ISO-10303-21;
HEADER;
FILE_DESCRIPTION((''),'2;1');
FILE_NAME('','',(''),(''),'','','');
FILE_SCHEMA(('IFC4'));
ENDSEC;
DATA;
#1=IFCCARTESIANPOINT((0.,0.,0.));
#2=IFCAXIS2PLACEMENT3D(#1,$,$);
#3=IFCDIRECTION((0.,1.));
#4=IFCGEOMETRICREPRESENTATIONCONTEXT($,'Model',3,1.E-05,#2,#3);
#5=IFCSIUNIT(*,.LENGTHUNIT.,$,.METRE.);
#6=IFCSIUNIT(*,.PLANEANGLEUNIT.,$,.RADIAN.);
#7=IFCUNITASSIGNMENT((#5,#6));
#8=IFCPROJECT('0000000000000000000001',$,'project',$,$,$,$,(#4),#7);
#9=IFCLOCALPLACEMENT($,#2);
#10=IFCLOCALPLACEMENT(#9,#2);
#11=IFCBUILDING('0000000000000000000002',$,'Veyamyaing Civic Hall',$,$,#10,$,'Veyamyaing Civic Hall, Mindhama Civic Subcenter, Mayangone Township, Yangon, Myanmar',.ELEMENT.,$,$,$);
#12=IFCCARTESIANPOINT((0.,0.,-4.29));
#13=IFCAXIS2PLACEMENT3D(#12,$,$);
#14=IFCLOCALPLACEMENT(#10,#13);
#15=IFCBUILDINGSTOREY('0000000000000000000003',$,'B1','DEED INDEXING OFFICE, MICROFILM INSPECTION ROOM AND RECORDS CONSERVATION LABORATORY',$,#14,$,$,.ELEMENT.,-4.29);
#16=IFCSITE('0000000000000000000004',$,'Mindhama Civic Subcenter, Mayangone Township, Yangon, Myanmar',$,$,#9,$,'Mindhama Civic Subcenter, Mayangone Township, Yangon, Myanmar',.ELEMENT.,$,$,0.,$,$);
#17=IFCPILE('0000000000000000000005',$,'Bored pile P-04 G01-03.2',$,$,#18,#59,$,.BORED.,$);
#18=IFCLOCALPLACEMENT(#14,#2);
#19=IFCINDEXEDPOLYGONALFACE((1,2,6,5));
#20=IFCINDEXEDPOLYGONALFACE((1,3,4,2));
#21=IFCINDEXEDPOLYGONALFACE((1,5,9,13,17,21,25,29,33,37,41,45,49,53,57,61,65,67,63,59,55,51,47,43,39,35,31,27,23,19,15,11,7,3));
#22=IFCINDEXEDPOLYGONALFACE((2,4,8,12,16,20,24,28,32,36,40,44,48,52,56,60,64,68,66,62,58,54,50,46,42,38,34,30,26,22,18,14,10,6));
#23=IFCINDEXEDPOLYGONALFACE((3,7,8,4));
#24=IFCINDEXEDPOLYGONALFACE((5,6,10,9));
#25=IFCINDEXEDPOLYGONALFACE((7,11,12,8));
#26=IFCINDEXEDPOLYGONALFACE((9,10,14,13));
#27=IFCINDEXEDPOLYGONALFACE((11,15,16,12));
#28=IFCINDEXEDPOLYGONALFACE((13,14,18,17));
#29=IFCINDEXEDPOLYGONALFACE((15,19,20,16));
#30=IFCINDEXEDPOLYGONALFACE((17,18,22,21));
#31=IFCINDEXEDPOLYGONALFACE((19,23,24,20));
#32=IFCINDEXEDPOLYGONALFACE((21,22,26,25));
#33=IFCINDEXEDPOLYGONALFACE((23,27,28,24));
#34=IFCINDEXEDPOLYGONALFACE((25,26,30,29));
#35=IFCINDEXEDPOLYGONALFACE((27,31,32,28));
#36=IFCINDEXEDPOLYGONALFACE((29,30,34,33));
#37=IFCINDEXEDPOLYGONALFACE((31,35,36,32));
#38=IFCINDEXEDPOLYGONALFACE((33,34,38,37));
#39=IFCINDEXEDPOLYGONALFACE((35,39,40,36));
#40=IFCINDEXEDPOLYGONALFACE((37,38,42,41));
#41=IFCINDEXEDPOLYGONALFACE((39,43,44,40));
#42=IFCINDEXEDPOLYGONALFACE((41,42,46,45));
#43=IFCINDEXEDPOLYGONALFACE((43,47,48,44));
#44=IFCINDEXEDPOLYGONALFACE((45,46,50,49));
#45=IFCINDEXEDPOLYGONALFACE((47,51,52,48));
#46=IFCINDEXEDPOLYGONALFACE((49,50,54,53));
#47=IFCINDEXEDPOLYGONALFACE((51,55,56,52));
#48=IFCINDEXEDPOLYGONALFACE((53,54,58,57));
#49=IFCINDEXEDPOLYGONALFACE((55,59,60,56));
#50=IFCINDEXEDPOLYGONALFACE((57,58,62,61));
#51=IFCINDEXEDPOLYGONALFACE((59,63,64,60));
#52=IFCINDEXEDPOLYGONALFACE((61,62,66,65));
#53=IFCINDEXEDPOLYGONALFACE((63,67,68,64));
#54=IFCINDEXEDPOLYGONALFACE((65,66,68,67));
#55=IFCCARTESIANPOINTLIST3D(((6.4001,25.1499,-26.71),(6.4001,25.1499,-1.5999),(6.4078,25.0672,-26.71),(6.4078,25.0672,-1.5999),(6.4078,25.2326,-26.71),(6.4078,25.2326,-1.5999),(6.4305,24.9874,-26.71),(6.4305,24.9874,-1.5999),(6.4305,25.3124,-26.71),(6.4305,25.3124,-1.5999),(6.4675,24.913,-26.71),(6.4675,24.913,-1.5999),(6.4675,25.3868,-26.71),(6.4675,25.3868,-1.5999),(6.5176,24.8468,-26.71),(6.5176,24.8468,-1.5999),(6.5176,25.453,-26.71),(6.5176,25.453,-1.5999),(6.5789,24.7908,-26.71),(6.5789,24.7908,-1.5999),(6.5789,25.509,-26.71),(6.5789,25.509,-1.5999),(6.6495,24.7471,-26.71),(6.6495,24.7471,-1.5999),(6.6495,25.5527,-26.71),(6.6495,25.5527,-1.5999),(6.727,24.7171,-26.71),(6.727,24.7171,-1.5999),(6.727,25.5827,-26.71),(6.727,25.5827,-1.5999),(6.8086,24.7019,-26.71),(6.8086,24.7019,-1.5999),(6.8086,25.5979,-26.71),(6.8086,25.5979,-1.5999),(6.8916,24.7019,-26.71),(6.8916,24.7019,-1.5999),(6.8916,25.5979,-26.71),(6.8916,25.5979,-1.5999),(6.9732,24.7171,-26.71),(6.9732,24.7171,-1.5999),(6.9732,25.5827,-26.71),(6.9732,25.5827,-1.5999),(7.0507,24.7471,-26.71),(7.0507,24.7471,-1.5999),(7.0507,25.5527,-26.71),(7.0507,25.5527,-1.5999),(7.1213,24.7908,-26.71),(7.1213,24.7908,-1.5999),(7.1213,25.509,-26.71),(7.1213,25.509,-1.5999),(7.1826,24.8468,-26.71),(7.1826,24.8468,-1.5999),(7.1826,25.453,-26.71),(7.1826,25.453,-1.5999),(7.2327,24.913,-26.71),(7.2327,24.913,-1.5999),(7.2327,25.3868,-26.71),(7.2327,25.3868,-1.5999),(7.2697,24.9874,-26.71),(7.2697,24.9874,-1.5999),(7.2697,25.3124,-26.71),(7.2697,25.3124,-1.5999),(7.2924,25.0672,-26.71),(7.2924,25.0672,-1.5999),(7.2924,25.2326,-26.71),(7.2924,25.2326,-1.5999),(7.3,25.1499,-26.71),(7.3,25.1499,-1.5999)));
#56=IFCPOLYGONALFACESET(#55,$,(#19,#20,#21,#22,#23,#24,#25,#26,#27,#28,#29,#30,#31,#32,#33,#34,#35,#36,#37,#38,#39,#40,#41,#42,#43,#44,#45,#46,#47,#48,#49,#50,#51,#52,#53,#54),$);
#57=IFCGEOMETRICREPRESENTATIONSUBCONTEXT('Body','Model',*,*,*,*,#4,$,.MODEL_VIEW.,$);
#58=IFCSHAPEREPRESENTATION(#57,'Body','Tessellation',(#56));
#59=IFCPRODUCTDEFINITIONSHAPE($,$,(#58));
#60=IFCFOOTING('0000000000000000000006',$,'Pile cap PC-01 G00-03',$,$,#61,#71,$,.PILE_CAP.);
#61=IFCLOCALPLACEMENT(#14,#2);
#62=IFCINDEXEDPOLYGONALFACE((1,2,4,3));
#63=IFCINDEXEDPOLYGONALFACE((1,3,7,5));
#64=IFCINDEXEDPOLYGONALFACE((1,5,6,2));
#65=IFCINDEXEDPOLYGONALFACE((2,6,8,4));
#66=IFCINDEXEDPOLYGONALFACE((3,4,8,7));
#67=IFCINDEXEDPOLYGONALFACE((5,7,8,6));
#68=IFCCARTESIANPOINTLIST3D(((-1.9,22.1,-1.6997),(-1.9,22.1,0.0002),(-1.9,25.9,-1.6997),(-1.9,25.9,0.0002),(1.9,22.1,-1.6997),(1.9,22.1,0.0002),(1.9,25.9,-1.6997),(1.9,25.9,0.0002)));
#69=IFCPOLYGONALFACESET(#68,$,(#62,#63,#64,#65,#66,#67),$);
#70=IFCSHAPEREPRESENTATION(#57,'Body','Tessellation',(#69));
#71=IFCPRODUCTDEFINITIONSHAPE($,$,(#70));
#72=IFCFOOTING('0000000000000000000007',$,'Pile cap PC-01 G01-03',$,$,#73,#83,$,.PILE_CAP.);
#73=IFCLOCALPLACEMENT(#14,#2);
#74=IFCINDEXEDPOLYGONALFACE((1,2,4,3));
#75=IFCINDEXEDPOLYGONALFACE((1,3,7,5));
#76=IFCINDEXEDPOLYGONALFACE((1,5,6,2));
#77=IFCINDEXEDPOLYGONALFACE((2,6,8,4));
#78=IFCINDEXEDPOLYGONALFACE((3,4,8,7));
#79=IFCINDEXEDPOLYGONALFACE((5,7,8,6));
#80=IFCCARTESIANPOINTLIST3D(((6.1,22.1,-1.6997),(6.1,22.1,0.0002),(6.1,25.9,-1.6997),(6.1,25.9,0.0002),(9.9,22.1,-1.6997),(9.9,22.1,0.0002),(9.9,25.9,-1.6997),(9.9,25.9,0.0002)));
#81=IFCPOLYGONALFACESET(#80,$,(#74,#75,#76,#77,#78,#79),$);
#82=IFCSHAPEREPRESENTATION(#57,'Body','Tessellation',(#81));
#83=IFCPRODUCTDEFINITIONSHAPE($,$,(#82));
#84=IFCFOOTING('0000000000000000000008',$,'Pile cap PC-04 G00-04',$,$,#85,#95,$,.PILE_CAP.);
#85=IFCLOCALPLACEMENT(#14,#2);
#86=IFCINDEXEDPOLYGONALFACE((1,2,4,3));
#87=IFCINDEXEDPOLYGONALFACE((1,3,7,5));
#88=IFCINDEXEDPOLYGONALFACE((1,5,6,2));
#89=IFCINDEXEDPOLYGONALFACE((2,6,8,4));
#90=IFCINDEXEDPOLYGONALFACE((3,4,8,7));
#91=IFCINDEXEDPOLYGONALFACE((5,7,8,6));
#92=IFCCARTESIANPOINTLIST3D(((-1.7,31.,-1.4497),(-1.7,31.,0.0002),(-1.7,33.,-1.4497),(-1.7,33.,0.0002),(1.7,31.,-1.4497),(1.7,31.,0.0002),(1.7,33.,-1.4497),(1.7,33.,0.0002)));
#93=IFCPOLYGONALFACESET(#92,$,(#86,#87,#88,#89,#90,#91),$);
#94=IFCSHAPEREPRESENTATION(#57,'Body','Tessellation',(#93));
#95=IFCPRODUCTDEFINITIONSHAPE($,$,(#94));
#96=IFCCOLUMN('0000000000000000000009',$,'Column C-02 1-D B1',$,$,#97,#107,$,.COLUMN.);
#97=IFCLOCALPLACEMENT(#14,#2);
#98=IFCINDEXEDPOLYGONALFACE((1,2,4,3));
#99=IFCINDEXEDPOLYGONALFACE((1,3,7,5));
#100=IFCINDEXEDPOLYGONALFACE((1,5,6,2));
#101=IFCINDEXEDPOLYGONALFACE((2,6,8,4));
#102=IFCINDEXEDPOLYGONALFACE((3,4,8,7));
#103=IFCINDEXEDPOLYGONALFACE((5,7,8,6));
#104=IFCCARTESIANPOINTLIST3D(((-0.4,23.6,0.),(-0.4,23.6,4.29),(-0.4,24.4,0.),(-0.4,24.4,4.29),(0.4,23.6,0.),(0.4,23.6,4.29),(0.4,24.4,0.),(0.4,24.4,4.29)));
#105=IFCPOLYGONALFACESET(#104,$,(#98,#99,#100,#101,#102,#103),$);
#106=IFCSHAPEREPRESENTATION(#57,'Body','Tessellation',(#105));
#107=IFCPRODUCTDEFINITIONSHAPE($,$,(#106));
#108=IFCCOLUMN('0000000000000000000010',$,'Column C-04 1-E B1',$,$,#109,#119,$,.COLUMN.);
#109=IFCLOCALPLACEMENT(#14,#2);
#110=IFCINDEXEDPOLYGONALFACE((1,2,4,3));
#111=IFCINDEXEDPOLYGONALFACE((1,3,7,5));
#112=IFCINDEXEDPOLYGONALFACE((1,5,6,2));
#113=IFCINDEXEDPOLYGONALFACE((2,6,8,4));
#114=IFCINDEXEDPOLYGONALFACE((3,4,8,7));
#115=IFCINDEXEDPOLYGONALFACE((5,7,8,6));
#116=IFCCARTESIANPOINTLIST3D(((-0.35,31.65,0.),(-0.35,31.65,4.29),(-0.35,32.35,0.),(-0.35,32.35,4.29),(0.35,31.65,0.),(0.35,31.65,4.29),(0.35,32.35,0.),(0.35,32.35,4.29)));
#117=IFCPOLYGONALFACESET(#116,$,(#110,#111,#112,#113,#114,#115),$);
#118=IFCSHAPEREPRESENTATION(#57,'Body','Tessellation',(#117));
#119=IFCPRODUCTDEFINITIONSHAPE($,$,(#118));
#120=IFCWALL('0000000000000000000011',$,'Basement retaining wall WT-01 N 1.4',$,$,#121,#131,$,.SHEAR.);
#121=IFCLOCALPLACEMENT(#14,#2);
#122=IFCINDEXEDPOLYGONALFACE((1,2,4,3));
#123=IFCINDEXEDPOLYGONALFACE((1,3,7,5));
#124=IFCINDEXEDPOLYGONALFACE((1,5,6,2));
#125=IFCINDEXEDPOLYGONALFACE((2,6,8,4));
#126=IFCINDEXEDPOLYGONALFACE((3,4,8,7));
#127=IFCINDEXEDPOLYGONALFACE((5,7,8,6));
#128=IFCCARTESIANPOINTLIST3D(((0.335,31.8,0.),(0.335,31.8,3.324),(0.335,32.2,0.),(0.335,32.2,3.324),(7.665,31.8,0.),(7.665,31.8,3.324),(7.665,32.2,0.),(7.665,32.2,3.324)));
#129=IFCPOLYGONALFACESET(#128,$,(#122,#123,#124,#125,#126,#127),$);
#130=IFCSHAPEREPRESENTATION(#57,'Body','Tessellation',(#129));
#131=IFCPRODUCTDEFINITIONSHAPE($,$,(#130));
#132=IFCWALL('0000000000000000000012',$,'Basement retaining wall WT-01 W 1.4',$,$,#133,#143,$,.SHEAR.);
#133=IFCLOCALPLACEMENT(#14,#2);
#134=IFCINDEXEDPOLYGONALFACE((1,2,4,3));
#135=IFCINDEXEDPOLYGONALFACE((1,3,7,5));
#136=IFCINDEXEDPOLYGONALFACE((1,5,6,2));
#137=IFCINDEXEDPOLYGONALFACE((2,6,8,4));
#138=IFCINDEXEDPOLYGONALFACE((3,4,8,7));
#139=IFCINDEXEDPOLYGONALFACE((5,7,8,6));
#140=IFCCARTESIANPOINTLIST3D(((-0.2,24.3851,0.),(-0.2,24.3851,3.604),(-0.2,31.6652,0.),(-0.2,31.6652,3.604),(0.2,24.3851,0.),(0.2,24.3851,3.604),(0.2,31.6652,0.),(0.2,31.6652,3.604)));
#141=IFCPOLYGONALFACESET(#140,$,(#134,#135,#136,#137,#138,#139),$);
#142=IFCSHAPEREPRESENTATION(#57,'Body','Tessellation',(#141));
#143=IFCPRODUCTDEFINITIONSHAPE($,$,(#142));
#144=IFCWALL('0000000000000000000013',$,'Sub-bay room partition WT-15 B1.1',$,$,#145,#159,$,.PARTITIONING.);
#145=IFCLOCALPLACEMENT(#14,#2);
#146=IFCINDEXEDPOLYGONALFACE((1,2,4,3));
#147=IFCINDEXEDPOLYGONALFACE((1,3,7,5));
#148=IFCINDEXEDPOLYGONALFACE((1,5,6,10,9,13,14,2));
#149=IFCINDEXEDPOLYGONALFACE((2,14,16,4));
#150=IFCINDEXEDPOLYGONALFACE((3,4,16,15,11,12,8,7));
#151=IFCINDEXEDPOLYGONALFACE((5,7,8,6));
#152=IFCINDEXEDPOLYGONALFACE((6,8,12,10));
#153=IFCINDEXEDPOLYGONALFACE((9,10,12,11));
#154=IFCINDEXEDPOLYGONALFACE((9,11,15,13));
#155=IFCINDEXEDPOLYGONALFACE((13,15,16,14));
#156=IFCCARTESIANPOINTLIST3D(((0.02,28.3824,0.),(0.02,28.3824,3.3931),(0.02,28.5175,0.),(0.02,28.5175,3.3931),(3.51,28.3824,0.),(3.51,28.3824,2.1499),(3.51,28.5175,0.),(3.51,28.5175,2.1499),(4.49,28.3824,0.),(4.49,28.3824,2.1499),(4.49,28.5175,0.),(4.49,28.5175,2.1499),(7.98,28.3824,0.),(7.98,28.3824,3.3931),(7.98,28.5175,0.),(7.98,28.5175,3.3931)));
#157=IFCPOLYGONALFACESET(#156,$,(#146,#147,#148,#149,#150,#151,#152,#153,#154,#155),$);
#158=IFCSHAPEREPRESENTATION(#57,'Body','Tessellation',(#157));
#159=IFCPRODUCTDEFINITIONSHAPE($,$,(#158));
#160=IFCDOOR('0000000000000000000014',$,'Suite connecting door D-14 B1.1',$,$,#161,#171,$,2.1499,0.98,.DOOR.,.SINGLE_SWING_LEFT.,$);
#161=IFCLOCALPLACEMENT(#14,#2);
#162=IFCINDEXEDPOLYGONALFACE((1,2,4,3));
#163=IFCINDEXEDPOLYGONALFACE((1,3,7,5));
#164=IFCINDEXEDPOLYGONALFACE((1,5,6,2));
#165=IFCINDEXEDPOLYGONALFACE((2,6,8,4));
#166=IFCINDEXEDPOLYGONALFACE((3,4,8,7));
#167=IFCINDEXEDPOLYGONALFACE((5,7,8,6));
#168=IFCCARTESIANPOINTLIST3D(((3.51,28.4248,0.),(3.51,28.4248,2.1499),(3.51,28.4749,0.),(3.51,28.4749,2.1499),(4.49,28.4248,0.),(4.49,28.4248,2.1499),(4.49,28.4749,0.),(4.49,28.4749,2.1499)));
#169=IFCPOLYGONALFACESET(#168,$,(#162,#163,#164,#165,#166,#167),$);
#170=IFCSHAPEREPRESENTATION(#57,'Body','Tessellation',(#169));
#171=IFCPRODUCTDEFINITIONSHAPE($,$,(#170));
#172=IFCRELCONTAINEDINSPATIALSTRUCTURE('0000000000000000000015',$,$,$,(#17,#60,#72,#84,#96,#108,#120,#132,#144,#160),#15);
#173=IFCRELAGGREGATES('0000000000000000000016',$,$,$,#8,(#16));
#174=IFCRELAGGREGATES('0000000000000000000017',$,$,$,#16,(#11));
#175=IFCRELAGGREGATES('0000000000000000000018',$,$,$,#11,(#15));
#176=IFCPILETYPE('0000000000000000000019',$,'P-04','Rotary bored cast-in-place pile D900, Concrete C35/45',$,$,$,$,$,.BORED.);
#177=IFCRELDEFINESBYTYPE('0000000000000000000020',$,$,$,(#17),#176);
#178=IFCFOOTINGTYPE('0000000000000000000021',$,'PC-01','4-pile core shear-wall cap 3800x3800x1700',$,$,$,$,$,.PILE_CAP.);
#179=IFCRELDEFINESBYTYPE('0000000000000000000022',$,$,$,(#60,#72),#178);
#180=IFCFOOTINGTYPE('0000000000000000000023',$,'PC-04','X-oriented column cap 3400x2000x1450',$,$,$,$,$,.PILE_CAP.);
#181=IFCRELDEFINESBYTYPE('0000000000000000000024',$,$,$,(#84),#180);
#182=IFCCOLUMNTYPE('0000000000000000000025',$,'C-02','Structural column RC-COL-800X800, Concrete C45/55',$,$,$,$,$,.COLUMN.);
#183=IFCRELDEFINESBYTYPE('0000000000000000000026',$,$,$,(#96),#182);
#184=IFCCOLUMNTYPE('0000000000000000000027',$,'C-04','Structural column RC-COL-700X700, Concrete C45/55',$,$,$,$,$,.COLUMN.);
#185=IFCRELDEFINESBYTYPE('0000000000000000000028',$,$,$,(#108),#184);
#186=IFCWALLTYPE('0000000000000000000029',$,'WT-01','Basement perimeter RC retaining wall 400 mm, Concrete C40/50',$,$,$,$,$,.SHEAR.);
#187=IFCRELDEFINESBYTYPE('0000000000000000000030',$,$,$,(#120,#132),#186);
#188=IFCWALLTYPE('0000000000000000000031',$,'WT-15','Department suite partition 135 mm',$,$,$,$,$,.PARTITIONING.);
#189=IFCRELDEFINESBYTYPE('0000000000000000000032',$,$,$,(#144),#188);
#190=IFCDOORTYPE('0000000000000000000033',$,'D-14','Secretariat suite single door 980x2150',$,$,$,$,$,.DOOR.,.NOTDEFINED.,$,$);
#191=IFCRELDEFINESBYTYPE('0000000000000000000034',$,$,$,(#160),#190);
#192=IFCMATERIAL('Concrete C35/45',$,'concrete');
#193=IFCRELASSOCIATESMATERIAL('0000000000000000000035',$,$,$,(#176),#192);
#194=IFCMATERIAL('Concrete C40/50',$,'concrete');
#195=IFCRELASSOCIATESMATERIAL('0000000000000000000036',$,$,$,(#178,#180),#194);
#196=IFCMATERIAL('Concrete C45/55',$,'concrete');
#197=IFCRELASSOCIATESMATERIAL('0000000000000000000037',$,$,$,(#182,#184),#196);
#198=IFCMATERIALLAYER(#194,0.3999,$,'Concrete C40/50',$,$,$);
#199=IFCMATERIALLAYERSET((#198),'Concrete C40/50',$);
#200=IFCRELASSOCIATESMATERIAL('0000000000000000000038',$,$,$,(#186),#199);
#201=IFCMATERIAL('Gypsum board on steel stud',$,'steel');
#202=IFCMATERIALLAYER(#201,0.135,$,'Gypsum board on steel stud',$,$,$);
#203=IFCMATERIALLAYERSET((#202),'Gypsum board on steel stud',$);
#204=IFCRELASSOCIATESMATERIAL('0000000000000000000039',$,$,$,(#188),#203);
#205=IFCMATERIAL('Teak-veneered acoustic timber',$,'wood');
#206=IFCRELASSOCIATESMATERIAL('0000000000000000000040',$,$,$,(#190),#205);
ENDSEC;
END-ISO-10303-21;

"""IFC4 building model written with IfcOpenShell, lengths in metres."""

from ifc_helpers import new_model, si_unit, direction, frame, frame_2d, origin, origin_2d, place, context, subcontext, project, spatial, rectangle, circle, extrude, material, layer, layer_set, material_profile, profile_set, type_object, element, fill, save


model = new_model("IFC4")

# Units and contexts
model_context = context("Model", 3, precision=1e-05, world=origin(), true_north=direction((0.0, 1.0)))
body_context = subcontext(model_context, "Body", "Model", "MODEL_VIEW")
ifc_project = project(units=[si_unit("LENGTHUNIT", "METRE"), si_unit("PLANEANGLEUNIT", "RADIAN")], contexts=[model_context])

# Site, building, storey
site_placement = place(None, origin())
site = spatial("IfcSite", under=ifc_project, at=site_placement, Name="Mindhama Civic Subcenter, Mayangone Township, Yangon, Myanmar", LongName="Mindhama Civic Subcenter, Mayangone Township, Yangon, Myanmar", CompositionType="ELEMENT", RefElevation=0.0)
building_placement = place(site_placement, origin())
building = spatial("IfcBuilding", under=site, at=building_placement, Name="Veyamyaing Civic Hall", LongName="Veyamyaing Civic Hall, Mindhama Civic Subcenter, Mayangone Township, Yangon, Myanmar", CompositionType="ELEMENT")
storey_placement = place(building_placement, frame((0.0, 0.0, -4.29)))
storey = spatial("IfcBuildingStorey", under=building, at=storey_placement, Name="B1", Description="DEED INDEXING OFFICE, MICROFILM INSPECTION ROOM AND RECORDS CONSERVATION LABORATORY", CompositionType="ELEMENT", Elevation=-4.29)

# Shared definitions
ifc_material_1 = material(Name="Concrete C40/50", Category="concrete")

# Pile
ifc_material_2 = material(Name="Concrete C35/45", Category="concrete")
ifc_material_profile_1 = material_profile(ifc_material_2, circle(Radius=0.45, at=origin_2d()), Name="PILE-D900")
ifc_profile_set_1 = profile_set([ifc_material_profile_1], Name="Concrete C35/45")
pile_type = type_object("IfcPileType", Name="P-04", Description="Rotary bored cast-in-place pile D900, Concrete C35/45", PredefinedType="BORED", material=ifc_profile_set_1)
pile_1_placement = place(storey_placement, frame((6.8501, 25.1499, -1.5999), z_axis=(0.0, 0.0, -1.0), x_axis=(1.0, 0.0, 0.0)))
element("IfcPile", 1, at=pile_1_placement, inside=storey, type_object=pile_type, Name="Bored pile P-04 G01-03.2", PredefinedType="BORED", context=body_context, shape_type="SweptSolid", body=[
    extrude(circle(Radius=0.45, at=origin_2d()), origin(), (0.0, 0.0, 1.0), 25.1101),
])

# Footings
footing_type_1 = type_object("IfcFootingType", Name="PC-01", Description="4-pile core shear-wall cap 3800x3800x1700", PredefinedType="PILE_CAP", material=ifc_material_1)
for number, where, z_axis, x_axis, name in (
    (2, (0.0, 24.0, -1.6997), (0.0, 0.0, 1.0), (1.0, 0.0, 0.0), "Pile cap PC-01 G00-03"),
    (3, (8.0, 24.0, -1.6997), (0.0, 0.0, 1.0), (1.0, 0.0, 0.0), "Pile cap PC-01 G01-03"),
):
    element("IfcFooting", number, at=place(storey_placement, frame(where, z_axis=z_axis, x_axis=x_axis)), inside=storey, type_object=footing_type_1, Name=name, PredefinedType="PILE_CAP", context=body_context, shape_type="SweptSolid", body=[
        extrude(rectangle(XDim=3.8, YDim=3.8, at=origin_2d()), origin(), (0.0, 0.0, 1.0), 1.7),
    ])
footing_type_2 = type_object("IfcFootingType", Name="PC-04", Description="X-oriented column cap 3400x2000x1450", PredefinedType="PILE_CAP", material=ifc_material_1)
footing_1_placement = place(storey_placement, frame((0.0, 32.0, -1.4497), z_axis=(0.0, 0.0, 1.0), x_axis=(1.0, 0.0, 0.0)))
element("IfcFooting", 4, at=footing_1_placement, inside=storey, type_object=footing_type_2, Name="Pile cap PC-04 G00-04", PredefinedType="PILE_CAP", context=body_context, shape_type="SweptSolid", body=[
    extrude(rectangle(XDim=3.3999, YDim=2.0, at=origin_2d()), origin(), (0.0, 0.0, 1.0), 1.45),
])

# Columns
ifc_material_3 = material(Name="Concrete C45/55", Category="concrete")
ifc_material_profile_2 = material_profile(ifc_material_3, rectangle(XDim=0.8, YDim=0.8, at=origin_2d()), Name="RC-COL-800X800")
ifc_profile_set_2 = profile_set([ifc_material_profile_2], Name="Concrete C45/55")
column_type_1 = type_object("IfcColumnType", Name="C-02", Description="Structural column RC-COL-800X800, Concrete C45/55", PredefinedType="COLUMN", material=ifc_profile_set_2)
column_1_placement = place(storey_placement, frame((0.0, 24.0, 0.0), z_axis=(0.0, 0.0, 1.0), x_axis=(1.0, 0.0, 0.0)))
element("IfcColumn", 5, at=column_1_placement, inside=storey, type_object=column_type_1, Name="Column C-02 1-D B1", PredefinedType="COLUMN", context=body_context, shape_type="SweptSolid", body=[
    extrude(rectangle(XDim=0.8, YDim=0.8, at=origin_2d()), origin(), (0.0, 0.0, 1.0), 4.29),
])
ifc_material_profile_3 = material_profile(ifc_material_3, rectangle(XDim=0.7, YDim=0.7, at=origin_2d()), Name="RC-COL-700X700")
ifc_profile_set_3 = profile_set([ifc_material_profile_3], Name="Concrete C45/55")
column_type_2 = type_object("IfcColumnType", Name="C-04", Description="Structural column RC-COL-700X700, Concrete C45/55", PredefinedType="COLUMN", material=ifc_profile_set_3)
column_2_placement = place(storey_placement, frame((0.0, 32.0, 0.0), z_axis=(0.0, 0.0, 1.0), x_axis=(1.0, 0.0, 0.0)))
element("IfcColumn", 6, at=column_2_placement, inside=storey, type_object=column_type_2, Name="Column C-04 1-E B1", PredefinedType="COLUMN", context=body_context, shape_type="SweptSolid", body=[
    extrude(rectangle(XDim=0.7, YDim=0.7, at=origin_2d()), origin(), (0.0, 0.0, 1.0), 4.29),
])

# Walls
ifc_layer_1 = layer(ifc_material_1, 0.3999, Name="Concrete C40/50")
ifc_layer_set_1 = layer_set([ifc_layer_1], Name="Concrete C40/50")
wall_type_1 = type_object("IfcWallType", Name="WT-01", Description="Basement perimeter RC retaining wall 400 mm, Concrete C40/50", PredefinedType="SHEAR", material=ifc_layer_set_1)
wall_1_placement = place(storey_placement, frame((0.335, 32.0, 0.0), z_axis=(0.0, 0.0, 1.0), x_axis=(1.0, 0.0, 0.0)))
element("IfcWall", 7, at=wall_1_placement, inside=storey, type_object=wall_type_1, Name="Basement retaining wall WT-01 N 1.4", PredefinedType="SHEAR", context=body_context, shape_type="SweptSolid", body=[
    extrude(rectangle(XDim=7.3301, YDim=0.3999, at=frame_2d((3.665, 0.0))), origin(), (0.0, 0.0, 1.0), 3.324),
])
wall_2_placement = place(storey_placement, frame((0.0, 24.385, 0.0), z_axis=(0.0, 0.0, 1.0), x_axis=(0.0, 1.0, 0.0)))
element("IfcWall", 8, at=wall_2_placement, inside=storey, type_object=wall_type_1, Name="Basement retaining wall WT-01 W 1.4", PredefinedType="SHEAR", context=body_context, shape_type="SweptSolid", body=[
    extrude(rectangle(XDim=7.28, YDim=0.3999, at=frame_2d((3.6401, 0.0))), origin(), (0.0, 0.0, 1.0), 3.604),
])

# Wall, opening, door
ifc_material_4 = material(Name="Gypsum board on steel stud", Category="steel")
ifc_layer_2 = layer(ifc_material_4, 0.135, Name="Gypsum board on steel stud")
ifc_layer_set_2 = layer_set([ifc_layer_2], Name="Gypsum board on steel stud")
wall_type_2 = type_object("IfcWallType", Name="WT-15", Description="Department suite partition 135 mm", PredefinedType="PARTITIONING", material=ifc_layer_set_2)
wall_3_placement = place(storey_placement, frame((0.02, 28.45, 0.0), z_axis=(0.0, 0.0, 1.0), x_axis=(1.0, 0.0, 0.0)))
wall_3 = element("IfcWall", 9, at=wall_3_placement, inside=storey, type_object=wall_type_2, Name="Sub-bay room partition WT-15 B1.1", PredefinedType="PARTITIONING", context=body_context, shape_type="SweptSolid", body=[
    extrude(rectangle(XDim=7.96, YDim=0.135, at=frame_2d((3.98, 0.0))), origin(), (0.0, 0.0, 1.0), 3.3931),
])
opening_placement = place(wall_3_placement, frame((3.49, 0.0, 0.0)))
opening = element("IfcOpeningElement", 10, at=opening_placement, cuts=wall_3, PredefinedType="OPENING", context=body_context, shape_type="SweptSolid", body=[
    extrude(rectangle(XDim=0.98, YDim=2.1499, at=frame_2d((0.49, 1.075))), frame((0.0, 0.0774, 0.0), z_axis=(0.0, -1.0, 0.0), x_axis=(1.0, 0.0, 0.0)), (0.0, 0.0, 1.0), 0.155),
])
ifc_material_5 = material(Name="Teak-veneered acoustic timber", Category="wood")
door_type = type_object("IfcDoorType", Name="D-14", Description="Secretariat suite single door 980x2150", OperationType="NOTDEFINED", PredefinedType="DOOR", material=ifc_material_5)
door_placement = place(opening_placement, origin())
door = element("IfcDoor", 11, at=door_placement, inside=storey, type_object=door_type, Name="Suite connecting door D-14 B1.1", OperationType="SINGLE_SWING_LEFT", OverallHeight=2.1499, OverallWidth=0.98, PredefinedType="DOOR", context=body_context, shape_type="SweptSolid", body=[
    extrude(rectangle(XDim=0.98, YDim=2.1499, at=frame_2d((0.49, 1.075))), frame((0.0, 0.0249, 0.0), z_axis=(0.0, -1.0, 0.0), x_axis=(1.0, 0.0, 0.0)), (0.0, 0.0, 1.0), 0.05),
])
fill(opening, door)

save(model, "model.ifc")
